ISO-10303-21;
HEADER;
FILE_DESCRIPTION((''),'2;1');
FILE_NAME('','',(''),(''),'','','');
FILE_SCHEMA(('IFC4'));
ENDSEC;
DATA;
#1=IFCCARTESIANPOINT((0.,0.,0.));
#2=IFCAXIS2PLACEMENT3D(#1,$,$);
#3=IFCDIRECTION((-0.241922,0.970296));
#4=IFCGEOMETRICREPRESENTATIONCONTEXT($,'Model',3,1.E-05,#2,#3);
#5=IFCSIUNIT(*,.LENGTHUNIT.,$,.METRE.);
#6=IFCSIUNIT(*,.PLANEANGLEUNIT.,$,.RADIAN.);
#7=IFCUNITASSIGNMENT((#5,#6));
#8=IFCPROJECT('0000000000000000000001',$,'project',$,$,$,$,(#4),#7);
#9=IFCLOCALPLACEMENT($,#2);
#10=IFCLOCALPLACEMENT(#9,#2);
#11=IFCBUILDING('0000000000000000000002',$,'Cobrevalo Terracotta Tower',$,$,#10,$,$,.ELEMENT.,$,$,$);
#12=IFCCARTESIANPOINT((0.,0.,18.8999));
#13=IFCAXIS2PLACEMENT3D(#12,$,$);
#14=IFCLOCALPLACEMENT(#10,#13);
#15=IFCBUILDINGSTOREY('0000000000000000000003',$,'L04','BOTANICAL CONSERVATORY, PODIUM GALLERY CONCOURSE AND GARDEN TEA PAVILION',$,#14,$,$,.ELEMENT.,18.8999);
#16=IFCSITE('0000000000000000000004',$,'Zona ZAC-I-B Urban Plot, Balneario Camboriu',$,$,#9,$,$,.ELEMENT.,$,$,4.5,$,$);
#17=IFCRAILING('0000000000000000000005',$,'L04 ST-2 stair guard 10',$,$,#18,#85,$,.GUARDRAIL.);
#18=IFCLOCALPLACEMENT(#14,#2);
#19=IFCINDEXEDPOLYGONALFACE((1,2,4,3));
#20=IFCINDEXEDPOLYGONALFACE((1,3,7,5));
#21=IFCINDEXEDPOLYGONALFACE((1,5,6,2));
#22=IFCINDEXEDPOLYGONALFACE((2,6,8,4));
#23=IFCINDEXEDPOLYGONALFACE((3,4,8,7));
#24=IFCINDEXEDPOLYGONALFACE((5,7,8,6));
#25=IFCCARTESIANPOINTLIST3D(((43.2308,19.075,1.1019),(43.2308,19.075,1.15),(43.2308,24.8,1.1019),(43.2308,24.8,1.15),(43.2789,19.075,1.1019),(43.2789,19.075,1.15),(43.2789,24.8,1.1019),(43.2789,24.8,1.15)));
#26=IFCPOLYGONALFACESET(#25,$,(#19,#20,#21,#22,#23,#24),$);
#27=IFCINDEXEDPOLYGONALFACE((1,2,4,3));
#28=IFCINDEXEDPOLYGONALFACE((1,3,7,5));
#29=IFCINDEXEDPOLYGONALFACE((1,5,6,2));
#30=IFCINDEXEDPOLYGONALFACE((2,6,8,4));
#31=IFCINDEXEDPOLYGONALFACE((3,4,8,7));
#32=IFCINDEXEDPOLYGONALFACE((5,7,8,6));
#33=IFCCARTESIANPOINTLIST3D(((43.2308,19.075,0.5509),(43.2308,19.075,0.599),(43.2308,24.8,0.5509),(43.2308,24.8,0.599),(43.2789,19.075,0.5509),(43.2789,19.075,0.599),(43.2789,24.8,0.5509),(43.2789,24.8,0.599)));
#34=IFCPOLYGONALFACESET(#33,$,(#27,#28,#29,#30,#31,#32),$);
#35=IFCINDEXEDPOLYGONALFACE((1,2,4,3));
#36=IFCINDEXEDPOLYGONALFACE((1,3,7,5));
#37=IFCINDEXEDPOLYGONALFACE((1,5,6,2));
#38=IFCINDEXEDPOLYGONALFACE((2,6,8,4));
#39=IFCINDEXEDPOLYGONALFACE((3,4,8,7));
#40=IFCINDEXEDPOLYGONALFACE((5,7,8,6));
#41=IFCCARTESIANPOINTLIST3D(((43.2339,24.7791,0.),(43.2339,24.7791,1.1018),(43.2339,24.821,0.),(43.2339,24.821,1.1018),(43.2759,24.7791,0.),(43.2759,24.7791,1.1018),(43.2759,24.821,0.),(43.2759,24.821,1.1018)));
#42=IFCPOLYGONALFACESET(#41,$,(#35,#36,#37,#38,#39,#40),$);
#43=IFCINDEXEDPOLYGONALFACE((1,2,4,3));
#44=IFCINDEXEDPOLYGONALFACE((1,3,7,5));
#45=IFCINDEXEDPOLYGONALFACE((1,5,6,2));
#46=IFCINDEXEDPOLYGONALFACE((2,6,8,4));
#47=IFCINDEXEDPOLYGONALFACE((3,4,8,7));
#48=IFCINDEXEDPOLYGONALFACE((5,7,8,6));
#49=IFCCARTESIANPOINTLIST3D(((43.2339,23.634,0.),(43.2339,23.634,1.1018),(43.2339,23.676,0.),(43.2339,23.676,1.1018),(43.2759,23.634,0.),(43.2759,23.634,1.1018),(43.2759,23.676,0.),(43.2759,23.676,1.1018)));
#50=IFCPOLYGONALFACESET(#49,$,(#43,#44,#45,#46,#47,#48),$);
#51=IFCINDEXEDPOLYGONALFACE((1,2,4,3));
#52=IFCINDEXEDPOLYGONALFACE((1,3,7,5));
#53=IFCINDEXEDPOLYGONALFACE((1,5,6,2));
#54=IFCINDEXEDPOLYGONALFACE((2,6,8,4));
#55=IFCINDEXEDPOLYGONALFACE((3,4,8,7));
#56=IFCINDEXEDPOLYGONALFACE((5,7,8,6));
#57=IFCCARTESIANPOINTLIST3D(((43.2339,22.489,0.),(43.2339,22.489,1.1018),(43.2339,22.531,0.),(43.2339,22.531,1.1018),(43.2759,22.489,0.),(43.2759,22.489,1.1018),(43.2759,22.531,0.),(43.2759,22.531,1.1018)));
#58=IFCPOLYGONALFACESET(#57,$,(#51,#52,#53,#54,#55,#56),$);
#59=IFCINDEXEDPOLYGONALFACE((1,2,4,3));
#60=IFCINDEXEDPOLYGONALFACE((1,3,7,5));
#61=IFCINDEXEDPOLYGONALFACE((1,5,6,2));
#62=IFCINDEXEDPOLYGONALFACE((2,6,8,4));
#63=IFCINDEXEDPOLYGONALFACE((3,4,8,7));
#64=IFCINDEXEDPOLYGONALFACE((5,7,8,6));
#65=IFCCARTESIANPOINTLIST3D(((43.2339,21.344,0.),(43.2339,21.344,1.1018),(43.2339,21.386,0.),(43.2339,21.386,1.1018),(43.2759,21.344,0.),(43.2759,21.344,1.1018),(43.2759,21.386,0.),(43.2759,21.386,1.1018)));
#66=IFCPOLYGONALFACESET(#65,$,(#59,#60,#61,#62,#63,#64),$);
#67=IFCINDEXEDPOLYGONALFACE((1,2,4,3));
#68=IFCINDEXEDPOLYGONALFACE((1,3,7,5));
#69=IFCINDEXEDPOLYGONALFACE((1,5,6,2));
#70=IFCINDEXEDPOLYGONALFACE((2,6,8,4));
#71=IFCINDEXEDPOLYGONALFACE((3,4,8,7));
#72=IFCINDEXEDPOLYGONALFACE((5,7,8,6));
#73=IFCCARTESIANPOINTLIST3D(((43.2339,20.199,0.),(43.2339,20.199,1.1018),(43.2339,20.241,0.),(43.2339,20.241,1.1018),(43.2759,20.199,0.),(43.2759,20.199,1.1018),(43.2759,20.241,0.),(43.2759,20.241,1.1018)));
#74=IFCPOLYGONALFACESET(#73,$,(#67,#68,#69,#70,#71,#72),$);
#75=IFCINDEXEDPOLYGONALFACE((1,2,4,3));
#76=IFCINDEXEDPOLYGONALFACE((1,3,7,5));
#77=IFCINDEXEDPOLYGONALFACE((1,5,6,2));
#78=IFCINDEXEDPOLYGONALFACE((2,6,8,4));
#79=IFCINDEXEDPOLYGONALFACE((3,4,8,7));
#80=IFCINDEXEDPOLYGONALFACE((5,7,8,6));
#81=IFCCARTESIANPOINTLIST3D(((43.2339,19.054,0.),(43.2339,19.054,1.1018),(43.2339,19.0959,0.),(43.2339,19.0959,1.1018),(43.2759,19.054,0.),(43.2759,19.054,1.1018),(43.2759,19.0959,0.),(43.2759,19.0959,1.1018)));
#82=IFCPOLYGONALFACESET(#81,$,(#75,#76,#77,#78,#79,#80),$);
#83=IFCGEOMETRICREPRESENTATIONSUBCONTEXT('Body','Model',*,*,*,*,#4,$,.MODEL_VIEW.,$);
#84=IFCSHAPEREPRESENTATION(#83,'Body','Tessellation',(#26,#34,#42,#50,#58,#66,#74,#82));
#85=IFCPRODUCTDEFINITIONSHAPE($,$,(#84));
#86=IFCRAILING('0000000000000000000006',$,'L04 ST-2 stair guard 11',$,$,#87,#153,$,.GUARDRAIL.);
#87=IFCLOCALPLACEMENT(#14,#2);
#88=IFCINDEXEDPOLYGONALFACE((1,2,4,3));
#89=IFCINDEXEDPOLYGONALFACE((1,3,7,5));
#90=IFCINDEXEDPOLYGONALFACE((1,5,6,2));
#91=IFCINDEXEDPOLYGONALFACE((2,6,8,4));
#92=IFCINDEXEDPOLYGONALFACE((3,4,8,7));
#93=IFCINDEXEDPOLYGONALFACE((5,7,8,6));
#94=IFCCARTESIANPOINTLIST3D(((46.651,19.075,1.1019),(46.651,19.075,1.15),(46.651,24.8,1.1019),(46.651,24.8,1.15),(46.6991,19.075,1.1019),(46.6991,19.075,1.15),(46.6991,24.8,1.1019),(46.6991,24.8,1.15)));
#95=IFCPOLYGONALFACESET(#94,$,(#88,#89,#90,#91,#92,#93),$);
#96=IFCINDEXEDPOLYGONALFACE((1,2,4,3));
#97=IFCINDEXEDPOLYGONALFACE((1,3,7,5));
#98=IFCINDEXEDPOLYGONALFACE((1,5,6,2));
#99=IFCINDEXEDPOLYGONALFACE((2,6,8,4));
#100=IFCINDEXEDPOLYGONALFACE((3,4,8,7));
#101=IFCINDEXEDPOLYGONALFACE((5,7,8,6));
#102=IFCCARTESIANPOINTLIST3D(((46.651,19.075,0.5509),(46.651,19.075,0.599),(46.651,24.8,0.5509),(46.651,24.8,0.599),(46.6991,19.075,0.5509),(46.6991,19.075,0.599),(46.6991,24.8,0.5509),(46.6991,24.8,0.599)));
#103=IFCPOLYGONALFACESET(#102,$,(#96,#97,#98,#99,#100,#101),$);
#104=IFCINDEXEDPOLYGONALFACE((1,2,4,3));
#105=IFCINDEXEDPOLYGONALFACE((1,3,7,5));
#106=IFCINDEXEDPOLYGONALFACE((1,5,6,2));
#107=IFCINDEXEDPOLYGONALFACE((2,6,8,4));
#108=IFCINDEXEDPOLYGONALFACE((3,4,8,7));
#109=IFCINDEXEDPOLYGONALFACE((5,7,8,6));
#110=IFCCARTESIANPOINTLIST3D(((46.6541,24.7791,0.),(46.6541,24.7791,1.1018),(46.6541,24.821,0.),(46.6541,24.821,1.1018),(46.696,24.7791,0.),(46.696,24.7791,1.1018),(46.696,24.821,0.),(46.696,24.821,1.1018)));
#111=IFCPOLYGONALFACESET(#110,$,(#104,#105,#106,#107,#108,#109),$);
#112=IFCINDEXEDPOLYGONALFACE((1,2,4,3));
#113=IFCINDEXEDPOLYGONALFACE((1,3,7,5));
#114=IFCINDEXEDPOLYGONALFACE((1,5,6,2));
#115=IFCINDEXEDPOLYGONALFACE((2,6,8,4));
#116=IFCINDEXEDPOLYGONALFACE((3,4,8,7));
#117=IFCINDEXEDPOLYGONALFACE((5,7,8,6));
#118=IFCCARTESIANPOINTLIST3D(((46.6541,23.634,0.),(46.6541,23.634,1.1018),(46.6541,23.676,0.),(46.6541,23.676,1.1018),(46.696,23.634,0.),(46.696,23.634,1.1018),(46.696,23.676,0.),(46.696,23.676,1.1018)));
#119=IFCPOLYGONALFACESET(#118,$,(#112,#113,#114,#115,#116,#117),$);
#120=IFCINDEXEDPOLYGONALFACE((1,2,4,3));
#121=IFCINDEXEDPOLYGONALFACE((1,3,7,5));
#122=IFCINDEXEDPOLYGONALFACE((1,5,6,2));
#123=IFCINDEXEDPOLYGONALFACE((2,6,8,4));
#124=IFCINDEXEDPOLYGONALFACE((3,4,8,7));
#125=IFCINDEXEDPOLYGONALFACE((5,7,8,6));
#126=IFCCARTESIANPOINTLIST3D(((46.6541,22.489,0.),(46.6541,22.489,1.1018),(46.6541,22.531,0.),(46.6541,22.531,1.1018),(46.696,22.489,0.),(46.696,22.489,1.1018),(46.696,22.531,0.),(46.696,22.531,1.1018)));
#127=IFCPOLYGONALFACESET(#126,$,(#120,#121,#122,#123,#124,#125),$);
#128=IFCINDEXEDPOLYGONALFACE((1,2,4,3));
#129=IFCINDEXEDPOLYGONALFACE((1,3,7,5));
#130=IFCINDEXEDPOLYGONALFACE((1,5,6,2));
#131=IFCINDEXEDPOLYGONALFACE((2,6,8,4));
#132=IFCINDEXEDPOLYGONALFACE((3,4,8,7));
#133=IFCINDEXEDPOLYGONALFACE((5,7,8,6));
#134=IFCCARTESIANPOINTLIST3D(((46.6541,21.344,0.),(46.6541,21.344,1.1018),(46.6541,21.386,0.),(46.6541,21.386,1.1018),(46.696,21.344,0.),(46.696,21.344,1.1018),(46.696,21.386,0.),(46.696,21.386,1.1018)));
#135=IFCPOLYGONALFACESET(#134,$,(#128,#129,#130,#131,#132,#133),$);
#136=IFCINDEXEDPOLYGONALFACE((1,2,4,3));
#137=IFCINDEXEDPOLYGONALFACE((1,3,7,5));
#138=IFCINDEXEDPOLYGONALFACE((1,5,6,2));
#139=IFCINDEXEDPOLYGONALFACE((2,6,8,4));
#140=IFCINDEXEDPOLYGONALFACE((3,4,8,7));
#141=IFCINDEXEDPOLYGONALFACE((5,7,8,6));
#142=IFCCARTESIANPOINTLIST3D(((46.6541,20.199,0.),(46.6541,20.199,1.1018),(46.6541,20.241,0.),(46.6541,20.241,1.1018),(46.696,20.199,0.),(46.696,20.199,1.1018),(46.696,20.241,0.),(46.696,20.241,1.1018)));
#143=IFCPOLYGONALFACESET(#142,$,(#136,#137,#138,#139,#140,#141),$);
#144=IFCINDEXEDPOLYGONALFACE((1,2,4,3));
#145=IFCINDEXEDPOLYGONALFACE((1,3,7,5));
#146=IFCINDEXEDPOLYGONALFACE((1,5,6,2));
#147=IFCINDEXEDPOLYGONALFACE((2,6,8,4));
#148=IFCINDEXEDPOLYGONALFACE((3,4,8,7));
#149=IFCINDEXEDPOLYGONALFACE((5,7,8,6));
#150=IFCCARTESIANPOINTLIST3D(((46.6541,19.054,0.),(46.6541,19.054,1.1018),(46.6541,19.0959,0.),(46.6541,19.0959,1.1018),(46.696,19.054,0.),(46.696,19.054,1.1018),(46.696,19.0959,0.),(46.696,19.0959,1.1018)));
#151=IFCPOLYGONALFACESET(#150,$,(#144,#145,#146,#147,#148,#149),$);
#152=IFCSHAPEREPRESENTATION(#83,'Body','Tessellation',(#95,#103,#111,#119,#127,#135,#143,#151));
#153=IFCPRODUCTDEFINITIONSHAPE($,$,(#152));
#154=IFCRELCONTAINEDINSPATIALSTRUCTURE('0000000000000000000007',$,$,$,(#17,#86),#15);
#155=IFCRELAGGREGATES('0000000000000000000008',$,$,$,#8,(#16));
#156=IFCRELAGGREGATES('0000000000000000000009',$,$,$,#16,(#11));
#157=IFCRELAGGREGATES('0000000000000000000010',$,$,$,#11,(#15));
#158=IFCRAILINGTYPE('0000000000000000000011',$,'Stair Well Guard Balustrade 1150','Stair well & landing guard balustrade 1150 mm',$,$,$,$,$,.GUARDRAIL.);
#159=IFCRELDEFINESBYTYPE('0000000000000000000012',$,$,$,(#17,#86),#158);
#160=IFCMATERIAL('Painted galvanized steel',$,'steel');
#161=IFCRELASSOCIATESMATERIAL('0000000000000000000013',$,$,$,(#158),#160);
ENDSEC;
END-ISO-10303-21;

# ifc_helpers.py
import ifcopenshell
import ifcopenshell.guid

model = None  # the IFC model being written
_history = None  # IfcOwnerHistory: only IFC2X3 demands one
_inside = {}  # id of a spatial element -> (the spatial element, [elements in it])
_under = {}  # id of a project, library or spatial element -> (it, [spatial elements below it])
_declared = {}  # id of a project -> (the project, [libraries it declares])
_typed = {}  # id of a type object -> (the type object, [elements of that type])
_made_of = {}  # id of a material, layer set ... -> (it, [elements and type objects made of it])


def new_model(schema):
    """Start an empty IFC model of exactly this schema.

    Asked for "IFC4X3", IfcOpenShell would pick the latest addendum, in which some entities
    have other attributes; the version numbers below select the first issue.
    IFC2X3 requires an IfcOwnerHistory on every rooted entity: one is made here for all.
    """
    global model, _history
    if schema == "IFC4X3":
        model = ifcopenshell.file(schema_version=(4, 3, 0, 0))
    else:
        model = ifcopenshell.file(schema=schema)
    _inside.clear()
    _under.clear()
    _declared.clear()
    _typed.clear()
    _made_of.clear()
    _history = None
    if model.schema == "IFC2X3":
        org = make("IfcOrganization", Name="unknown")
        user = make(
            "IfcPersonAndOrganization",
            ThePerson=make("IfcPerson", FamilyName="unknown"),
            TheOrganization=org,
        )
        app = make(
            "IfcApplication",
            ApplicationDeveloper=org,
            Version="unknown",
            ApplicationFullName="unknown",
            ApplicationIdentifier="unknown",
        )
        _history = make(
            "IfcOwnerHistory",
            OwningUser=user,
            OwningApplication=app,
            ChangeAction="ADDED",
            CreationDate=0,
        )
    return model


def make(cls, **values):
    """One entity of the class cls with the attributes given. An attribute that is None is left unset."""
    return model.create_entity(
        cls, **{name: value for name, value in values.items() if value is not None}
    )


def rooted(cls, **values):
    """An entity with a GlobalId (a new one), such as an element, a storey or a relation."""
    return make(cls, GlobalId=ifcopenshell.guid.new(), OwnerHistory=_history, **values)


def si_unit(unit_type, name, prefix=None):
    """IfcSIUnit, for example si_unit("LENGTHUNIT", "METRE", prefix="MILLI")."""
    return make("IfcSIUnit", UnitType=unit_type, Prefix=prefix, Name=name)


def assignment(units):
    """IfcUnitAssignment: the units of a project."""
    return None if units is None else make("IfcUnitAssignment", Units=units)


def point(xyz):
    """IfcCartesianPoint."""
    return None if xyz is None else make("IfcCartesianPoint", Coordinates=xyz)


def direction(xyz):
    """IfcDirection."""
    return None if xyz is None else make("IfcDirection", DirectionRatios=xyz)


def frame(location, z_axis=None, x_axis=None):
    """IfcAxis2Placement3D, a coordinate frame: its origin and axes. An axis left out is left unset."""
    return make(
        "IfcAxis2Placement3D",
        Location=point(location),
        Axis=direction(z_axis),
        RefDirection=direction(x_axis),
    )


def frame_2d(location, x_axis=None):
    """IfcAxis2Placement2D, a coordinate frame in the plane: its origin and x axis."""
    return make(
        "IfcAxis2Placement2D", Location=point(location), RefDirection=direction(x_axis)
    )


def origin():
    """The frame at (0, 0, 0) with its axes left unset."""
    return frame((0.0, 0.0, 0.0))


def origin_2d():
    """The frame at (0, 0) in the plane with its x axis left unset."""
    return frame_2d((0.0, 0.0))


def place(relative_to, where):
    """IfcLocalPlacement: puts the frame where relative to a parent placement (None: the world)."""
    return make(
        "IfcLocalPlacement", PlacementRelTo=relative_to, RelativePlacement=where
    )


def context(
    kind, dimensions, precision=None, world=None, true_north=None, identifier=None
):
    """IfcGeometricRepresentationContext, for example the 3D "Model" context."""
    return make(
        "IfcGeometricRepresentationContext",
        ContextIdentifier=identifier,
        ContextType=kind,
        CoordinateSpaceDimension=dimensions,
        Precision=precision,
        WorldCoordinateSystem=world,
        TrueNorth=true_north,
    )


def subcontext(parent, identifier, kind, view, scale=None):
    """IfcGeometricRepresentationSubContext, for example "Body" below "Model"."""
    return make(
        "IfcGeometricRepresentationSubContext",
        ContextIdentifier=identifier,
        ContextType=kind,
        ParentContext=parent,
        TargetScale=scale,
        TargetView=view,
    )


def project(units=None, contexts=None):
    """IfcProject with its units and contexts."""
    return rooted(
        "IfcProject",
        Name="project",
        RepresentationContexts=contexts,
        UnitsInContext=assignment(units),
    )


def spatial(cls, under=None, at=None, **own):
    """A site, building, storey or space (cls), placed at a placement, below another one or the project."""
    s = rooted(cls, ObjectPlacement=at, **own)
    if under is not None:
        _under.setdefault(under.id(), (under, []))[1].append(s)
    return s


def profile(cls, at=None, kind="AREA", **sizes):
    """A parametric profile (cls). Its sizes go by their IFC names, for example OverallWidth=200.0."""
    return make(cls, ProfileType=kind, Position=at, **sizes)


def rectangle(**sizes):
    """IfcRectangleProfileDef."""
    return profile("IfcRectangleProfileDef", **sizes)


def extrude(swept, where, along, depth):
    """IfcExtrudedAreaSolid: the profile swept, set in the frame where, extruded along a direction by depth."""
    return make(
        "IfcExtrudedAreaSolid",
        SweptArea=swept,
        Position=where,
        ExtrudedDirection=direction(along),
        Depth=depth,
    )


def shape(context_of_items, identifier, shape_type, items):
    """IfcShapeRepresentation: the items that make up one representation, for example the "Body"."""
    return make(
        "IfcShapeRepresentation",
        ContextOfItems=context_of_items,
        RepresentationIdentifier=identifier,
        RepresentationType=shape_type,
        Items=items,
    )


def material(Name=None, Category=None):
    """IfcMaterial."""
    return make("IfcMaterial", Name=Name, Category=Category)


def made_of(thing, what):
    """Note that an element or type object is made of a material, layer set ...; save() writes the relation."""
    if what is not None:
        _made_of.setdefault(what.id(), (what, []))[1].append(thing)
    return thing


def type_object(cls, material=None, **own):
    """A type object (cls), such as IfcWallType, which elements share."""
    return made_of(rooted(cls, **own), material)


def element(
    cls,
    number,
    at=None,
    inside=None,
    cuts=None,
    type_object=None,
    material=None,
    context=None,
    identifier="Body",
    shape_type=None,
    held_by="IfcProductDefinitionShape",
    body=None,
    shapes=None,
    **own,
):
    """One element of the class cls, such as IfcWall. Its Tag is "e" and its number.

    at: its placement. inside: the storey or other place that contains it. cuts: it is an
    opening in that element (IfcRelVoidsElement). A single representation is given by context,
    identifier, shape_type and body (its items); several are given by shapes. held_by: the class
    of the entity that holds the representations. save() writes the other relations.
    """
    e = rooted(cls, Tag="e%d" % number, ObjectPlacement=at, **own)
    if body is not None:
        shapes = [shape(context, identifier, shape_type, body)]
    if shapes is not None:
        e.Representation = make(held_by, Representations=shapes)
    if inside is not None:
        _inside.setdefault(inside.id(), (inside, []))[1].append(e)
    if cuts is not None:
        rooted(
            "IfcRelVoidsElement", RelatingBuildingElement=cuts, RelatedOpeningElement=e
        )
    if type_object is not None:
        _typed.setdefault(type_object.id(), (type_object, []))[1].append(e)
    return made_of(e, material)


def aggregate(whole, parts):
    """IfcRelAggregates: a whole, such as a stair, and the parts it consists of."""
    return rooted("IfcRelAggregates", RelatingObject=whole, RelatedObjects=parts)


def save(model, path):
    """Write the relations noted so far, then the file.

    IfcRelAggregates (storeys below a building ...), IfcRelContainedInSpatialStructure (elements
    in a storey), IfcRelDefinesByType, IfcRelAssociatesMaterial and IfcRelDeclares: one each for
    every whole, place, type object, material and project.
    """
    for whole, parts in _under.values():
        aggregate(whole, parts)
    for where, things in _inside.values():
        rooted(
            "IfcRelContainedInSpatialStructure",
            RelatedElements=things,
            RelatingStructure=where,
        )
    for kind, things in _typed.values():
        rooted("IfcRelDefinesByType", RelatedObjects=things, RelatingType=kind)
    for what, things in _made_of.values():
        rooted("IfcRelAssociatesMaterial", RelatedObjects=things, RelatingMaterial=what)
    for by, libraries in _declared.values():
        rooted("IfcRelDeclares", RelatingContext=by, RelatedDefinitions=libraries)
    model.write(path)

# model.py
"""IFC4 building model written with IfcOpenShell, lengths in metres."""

from ifc_helpers import new_model, si_unit, direction, frame, origin, origin_2d, place, context, subcontext, project, spatial, rectangle, extrude, material, type_object, element, save


model = new_model("IFC4")

# Units and contexts
model_context = context("Model", 3, precision=1e-05, world=origin(), true_north=direction((-0.241922, 0.970296)))
body_context = subcontext(model_context, "Body", "Model", "MODEL_VIEW")
ifc_project = project(units=[si_unit("LENGTHUNIT", "METRE"), si_unit("PLANEANGLEUNIT", "RADIAN")], contexts=[model_context])

# Site, building, storey
site_placement = place(None, origin())
site = spatial("IfcSite", under=ifc_project, at=site_placement, Name="Zona ZAC-I-B Urban Plot, Balneario Camboriu", CompositionType="ELEMENT", RefElevation=4.5)
building_placement = place(site_placement, origin())
building = spatial("IfcBuilding", under=site, at=building_placement, Name="Cobrevalo Terracotta Tower", CompositionType="ELEMENT")
storey_placement = place(building_placement, frame((0.0, 0.0, 18.8999)))
storey = spatial("IfcBuildingStorey", under=building, at=storey_placement, Name="L04", Description="BOTANICAL CONSERVATORY, PODIUM GALLERY CONCOURSE AND GARDEN TEA PAVILION", CompositionType="ELEMENT", Elevation=18.8999)

# Railings
ifc_material_1 = material(Name="Painted galvanized steel", Category="steel")
railing_type_1 = type_object("IfcRailingType", Name="Stair Well Guard Balustrade 1150", Description="Stair well & landing guard balustrade 1150 mm", PredefinedType="GUARDRAIL", material=ifc_material_1)
for number, where, name in (
    (1, (43.2549, 24.8, 0.0), "L04 ST-2 stair guard 10"),
    (2, (46.675, 24.8, 0.0), "L04 ST-2 stair guard 11"),
):
    element("IfcRailing", number, at=place(storey_placement, frame(where)), inside=storey, type_object=railing_type_1, Name=name, PredefinedType="GUARDRAIL", context=body_context, shape_type="SweptSolid", body=[
        extrude(rectangle(XDim=0.0481, YDim=0.0481, at=origin_2d()), frame((0.0, 0.0, 1.126), z_axis=(0.0, -1.0, 0.0), x_axis=(1.0, 0.0, 0.0)), (0.0, 0.0, 1.0), 5.7251),
        extrude(rectangle(XDim=0.0481, YDim=0.0481, at=origin_2d()), frame((0.0, 0.0, 0.575), z_axis=(0.0, -1.0, 0.0), x_axis=(1.0, 0.0, 0.0)), (0.0, 0.0, 1.0), 5.7251),
        extrude(rectangle(XDim=0.042, YDim=0.042, at=origin_2d()), origin(), (0.0, 0.0, 1.0), 1.1018),
        extrude(rectangle(XDim=0.042, YDim=0.042, at=origin_2d()), frame((0.0, -1.145, 0.0)), (0.0, 0.0, 1.0), 1.1018),
        extrude(rectangle(XDim=0.042, YDim=0.042, at=origin_2d()), frame((0.0, -2.29, 0.0)), (0.0, 0.0, 1.0), 1.1018),
        extrude(rectangle(XDim=0.042, YDim=0.042, at=origin_2d()), frame((0.0, -3.4351, 0.0)), (0.0, 0.0, 1.0), 1.1018),
        extrude(rectangle(XDim=0.042, YDim=0.042, at=origin_2d()), frame((0.0, -4.5801, 0.0)), (0.0, 0.0, 1.0), 1.1018),
        extrude(rectangle(XDim=0.042, YDim=0.042, at=origin_2d()), frame((0.0, -5.7251, 0.0)), (0.0, 0.0, 1.0), 1.1018),
    ])

save(model, "model.ifc")
